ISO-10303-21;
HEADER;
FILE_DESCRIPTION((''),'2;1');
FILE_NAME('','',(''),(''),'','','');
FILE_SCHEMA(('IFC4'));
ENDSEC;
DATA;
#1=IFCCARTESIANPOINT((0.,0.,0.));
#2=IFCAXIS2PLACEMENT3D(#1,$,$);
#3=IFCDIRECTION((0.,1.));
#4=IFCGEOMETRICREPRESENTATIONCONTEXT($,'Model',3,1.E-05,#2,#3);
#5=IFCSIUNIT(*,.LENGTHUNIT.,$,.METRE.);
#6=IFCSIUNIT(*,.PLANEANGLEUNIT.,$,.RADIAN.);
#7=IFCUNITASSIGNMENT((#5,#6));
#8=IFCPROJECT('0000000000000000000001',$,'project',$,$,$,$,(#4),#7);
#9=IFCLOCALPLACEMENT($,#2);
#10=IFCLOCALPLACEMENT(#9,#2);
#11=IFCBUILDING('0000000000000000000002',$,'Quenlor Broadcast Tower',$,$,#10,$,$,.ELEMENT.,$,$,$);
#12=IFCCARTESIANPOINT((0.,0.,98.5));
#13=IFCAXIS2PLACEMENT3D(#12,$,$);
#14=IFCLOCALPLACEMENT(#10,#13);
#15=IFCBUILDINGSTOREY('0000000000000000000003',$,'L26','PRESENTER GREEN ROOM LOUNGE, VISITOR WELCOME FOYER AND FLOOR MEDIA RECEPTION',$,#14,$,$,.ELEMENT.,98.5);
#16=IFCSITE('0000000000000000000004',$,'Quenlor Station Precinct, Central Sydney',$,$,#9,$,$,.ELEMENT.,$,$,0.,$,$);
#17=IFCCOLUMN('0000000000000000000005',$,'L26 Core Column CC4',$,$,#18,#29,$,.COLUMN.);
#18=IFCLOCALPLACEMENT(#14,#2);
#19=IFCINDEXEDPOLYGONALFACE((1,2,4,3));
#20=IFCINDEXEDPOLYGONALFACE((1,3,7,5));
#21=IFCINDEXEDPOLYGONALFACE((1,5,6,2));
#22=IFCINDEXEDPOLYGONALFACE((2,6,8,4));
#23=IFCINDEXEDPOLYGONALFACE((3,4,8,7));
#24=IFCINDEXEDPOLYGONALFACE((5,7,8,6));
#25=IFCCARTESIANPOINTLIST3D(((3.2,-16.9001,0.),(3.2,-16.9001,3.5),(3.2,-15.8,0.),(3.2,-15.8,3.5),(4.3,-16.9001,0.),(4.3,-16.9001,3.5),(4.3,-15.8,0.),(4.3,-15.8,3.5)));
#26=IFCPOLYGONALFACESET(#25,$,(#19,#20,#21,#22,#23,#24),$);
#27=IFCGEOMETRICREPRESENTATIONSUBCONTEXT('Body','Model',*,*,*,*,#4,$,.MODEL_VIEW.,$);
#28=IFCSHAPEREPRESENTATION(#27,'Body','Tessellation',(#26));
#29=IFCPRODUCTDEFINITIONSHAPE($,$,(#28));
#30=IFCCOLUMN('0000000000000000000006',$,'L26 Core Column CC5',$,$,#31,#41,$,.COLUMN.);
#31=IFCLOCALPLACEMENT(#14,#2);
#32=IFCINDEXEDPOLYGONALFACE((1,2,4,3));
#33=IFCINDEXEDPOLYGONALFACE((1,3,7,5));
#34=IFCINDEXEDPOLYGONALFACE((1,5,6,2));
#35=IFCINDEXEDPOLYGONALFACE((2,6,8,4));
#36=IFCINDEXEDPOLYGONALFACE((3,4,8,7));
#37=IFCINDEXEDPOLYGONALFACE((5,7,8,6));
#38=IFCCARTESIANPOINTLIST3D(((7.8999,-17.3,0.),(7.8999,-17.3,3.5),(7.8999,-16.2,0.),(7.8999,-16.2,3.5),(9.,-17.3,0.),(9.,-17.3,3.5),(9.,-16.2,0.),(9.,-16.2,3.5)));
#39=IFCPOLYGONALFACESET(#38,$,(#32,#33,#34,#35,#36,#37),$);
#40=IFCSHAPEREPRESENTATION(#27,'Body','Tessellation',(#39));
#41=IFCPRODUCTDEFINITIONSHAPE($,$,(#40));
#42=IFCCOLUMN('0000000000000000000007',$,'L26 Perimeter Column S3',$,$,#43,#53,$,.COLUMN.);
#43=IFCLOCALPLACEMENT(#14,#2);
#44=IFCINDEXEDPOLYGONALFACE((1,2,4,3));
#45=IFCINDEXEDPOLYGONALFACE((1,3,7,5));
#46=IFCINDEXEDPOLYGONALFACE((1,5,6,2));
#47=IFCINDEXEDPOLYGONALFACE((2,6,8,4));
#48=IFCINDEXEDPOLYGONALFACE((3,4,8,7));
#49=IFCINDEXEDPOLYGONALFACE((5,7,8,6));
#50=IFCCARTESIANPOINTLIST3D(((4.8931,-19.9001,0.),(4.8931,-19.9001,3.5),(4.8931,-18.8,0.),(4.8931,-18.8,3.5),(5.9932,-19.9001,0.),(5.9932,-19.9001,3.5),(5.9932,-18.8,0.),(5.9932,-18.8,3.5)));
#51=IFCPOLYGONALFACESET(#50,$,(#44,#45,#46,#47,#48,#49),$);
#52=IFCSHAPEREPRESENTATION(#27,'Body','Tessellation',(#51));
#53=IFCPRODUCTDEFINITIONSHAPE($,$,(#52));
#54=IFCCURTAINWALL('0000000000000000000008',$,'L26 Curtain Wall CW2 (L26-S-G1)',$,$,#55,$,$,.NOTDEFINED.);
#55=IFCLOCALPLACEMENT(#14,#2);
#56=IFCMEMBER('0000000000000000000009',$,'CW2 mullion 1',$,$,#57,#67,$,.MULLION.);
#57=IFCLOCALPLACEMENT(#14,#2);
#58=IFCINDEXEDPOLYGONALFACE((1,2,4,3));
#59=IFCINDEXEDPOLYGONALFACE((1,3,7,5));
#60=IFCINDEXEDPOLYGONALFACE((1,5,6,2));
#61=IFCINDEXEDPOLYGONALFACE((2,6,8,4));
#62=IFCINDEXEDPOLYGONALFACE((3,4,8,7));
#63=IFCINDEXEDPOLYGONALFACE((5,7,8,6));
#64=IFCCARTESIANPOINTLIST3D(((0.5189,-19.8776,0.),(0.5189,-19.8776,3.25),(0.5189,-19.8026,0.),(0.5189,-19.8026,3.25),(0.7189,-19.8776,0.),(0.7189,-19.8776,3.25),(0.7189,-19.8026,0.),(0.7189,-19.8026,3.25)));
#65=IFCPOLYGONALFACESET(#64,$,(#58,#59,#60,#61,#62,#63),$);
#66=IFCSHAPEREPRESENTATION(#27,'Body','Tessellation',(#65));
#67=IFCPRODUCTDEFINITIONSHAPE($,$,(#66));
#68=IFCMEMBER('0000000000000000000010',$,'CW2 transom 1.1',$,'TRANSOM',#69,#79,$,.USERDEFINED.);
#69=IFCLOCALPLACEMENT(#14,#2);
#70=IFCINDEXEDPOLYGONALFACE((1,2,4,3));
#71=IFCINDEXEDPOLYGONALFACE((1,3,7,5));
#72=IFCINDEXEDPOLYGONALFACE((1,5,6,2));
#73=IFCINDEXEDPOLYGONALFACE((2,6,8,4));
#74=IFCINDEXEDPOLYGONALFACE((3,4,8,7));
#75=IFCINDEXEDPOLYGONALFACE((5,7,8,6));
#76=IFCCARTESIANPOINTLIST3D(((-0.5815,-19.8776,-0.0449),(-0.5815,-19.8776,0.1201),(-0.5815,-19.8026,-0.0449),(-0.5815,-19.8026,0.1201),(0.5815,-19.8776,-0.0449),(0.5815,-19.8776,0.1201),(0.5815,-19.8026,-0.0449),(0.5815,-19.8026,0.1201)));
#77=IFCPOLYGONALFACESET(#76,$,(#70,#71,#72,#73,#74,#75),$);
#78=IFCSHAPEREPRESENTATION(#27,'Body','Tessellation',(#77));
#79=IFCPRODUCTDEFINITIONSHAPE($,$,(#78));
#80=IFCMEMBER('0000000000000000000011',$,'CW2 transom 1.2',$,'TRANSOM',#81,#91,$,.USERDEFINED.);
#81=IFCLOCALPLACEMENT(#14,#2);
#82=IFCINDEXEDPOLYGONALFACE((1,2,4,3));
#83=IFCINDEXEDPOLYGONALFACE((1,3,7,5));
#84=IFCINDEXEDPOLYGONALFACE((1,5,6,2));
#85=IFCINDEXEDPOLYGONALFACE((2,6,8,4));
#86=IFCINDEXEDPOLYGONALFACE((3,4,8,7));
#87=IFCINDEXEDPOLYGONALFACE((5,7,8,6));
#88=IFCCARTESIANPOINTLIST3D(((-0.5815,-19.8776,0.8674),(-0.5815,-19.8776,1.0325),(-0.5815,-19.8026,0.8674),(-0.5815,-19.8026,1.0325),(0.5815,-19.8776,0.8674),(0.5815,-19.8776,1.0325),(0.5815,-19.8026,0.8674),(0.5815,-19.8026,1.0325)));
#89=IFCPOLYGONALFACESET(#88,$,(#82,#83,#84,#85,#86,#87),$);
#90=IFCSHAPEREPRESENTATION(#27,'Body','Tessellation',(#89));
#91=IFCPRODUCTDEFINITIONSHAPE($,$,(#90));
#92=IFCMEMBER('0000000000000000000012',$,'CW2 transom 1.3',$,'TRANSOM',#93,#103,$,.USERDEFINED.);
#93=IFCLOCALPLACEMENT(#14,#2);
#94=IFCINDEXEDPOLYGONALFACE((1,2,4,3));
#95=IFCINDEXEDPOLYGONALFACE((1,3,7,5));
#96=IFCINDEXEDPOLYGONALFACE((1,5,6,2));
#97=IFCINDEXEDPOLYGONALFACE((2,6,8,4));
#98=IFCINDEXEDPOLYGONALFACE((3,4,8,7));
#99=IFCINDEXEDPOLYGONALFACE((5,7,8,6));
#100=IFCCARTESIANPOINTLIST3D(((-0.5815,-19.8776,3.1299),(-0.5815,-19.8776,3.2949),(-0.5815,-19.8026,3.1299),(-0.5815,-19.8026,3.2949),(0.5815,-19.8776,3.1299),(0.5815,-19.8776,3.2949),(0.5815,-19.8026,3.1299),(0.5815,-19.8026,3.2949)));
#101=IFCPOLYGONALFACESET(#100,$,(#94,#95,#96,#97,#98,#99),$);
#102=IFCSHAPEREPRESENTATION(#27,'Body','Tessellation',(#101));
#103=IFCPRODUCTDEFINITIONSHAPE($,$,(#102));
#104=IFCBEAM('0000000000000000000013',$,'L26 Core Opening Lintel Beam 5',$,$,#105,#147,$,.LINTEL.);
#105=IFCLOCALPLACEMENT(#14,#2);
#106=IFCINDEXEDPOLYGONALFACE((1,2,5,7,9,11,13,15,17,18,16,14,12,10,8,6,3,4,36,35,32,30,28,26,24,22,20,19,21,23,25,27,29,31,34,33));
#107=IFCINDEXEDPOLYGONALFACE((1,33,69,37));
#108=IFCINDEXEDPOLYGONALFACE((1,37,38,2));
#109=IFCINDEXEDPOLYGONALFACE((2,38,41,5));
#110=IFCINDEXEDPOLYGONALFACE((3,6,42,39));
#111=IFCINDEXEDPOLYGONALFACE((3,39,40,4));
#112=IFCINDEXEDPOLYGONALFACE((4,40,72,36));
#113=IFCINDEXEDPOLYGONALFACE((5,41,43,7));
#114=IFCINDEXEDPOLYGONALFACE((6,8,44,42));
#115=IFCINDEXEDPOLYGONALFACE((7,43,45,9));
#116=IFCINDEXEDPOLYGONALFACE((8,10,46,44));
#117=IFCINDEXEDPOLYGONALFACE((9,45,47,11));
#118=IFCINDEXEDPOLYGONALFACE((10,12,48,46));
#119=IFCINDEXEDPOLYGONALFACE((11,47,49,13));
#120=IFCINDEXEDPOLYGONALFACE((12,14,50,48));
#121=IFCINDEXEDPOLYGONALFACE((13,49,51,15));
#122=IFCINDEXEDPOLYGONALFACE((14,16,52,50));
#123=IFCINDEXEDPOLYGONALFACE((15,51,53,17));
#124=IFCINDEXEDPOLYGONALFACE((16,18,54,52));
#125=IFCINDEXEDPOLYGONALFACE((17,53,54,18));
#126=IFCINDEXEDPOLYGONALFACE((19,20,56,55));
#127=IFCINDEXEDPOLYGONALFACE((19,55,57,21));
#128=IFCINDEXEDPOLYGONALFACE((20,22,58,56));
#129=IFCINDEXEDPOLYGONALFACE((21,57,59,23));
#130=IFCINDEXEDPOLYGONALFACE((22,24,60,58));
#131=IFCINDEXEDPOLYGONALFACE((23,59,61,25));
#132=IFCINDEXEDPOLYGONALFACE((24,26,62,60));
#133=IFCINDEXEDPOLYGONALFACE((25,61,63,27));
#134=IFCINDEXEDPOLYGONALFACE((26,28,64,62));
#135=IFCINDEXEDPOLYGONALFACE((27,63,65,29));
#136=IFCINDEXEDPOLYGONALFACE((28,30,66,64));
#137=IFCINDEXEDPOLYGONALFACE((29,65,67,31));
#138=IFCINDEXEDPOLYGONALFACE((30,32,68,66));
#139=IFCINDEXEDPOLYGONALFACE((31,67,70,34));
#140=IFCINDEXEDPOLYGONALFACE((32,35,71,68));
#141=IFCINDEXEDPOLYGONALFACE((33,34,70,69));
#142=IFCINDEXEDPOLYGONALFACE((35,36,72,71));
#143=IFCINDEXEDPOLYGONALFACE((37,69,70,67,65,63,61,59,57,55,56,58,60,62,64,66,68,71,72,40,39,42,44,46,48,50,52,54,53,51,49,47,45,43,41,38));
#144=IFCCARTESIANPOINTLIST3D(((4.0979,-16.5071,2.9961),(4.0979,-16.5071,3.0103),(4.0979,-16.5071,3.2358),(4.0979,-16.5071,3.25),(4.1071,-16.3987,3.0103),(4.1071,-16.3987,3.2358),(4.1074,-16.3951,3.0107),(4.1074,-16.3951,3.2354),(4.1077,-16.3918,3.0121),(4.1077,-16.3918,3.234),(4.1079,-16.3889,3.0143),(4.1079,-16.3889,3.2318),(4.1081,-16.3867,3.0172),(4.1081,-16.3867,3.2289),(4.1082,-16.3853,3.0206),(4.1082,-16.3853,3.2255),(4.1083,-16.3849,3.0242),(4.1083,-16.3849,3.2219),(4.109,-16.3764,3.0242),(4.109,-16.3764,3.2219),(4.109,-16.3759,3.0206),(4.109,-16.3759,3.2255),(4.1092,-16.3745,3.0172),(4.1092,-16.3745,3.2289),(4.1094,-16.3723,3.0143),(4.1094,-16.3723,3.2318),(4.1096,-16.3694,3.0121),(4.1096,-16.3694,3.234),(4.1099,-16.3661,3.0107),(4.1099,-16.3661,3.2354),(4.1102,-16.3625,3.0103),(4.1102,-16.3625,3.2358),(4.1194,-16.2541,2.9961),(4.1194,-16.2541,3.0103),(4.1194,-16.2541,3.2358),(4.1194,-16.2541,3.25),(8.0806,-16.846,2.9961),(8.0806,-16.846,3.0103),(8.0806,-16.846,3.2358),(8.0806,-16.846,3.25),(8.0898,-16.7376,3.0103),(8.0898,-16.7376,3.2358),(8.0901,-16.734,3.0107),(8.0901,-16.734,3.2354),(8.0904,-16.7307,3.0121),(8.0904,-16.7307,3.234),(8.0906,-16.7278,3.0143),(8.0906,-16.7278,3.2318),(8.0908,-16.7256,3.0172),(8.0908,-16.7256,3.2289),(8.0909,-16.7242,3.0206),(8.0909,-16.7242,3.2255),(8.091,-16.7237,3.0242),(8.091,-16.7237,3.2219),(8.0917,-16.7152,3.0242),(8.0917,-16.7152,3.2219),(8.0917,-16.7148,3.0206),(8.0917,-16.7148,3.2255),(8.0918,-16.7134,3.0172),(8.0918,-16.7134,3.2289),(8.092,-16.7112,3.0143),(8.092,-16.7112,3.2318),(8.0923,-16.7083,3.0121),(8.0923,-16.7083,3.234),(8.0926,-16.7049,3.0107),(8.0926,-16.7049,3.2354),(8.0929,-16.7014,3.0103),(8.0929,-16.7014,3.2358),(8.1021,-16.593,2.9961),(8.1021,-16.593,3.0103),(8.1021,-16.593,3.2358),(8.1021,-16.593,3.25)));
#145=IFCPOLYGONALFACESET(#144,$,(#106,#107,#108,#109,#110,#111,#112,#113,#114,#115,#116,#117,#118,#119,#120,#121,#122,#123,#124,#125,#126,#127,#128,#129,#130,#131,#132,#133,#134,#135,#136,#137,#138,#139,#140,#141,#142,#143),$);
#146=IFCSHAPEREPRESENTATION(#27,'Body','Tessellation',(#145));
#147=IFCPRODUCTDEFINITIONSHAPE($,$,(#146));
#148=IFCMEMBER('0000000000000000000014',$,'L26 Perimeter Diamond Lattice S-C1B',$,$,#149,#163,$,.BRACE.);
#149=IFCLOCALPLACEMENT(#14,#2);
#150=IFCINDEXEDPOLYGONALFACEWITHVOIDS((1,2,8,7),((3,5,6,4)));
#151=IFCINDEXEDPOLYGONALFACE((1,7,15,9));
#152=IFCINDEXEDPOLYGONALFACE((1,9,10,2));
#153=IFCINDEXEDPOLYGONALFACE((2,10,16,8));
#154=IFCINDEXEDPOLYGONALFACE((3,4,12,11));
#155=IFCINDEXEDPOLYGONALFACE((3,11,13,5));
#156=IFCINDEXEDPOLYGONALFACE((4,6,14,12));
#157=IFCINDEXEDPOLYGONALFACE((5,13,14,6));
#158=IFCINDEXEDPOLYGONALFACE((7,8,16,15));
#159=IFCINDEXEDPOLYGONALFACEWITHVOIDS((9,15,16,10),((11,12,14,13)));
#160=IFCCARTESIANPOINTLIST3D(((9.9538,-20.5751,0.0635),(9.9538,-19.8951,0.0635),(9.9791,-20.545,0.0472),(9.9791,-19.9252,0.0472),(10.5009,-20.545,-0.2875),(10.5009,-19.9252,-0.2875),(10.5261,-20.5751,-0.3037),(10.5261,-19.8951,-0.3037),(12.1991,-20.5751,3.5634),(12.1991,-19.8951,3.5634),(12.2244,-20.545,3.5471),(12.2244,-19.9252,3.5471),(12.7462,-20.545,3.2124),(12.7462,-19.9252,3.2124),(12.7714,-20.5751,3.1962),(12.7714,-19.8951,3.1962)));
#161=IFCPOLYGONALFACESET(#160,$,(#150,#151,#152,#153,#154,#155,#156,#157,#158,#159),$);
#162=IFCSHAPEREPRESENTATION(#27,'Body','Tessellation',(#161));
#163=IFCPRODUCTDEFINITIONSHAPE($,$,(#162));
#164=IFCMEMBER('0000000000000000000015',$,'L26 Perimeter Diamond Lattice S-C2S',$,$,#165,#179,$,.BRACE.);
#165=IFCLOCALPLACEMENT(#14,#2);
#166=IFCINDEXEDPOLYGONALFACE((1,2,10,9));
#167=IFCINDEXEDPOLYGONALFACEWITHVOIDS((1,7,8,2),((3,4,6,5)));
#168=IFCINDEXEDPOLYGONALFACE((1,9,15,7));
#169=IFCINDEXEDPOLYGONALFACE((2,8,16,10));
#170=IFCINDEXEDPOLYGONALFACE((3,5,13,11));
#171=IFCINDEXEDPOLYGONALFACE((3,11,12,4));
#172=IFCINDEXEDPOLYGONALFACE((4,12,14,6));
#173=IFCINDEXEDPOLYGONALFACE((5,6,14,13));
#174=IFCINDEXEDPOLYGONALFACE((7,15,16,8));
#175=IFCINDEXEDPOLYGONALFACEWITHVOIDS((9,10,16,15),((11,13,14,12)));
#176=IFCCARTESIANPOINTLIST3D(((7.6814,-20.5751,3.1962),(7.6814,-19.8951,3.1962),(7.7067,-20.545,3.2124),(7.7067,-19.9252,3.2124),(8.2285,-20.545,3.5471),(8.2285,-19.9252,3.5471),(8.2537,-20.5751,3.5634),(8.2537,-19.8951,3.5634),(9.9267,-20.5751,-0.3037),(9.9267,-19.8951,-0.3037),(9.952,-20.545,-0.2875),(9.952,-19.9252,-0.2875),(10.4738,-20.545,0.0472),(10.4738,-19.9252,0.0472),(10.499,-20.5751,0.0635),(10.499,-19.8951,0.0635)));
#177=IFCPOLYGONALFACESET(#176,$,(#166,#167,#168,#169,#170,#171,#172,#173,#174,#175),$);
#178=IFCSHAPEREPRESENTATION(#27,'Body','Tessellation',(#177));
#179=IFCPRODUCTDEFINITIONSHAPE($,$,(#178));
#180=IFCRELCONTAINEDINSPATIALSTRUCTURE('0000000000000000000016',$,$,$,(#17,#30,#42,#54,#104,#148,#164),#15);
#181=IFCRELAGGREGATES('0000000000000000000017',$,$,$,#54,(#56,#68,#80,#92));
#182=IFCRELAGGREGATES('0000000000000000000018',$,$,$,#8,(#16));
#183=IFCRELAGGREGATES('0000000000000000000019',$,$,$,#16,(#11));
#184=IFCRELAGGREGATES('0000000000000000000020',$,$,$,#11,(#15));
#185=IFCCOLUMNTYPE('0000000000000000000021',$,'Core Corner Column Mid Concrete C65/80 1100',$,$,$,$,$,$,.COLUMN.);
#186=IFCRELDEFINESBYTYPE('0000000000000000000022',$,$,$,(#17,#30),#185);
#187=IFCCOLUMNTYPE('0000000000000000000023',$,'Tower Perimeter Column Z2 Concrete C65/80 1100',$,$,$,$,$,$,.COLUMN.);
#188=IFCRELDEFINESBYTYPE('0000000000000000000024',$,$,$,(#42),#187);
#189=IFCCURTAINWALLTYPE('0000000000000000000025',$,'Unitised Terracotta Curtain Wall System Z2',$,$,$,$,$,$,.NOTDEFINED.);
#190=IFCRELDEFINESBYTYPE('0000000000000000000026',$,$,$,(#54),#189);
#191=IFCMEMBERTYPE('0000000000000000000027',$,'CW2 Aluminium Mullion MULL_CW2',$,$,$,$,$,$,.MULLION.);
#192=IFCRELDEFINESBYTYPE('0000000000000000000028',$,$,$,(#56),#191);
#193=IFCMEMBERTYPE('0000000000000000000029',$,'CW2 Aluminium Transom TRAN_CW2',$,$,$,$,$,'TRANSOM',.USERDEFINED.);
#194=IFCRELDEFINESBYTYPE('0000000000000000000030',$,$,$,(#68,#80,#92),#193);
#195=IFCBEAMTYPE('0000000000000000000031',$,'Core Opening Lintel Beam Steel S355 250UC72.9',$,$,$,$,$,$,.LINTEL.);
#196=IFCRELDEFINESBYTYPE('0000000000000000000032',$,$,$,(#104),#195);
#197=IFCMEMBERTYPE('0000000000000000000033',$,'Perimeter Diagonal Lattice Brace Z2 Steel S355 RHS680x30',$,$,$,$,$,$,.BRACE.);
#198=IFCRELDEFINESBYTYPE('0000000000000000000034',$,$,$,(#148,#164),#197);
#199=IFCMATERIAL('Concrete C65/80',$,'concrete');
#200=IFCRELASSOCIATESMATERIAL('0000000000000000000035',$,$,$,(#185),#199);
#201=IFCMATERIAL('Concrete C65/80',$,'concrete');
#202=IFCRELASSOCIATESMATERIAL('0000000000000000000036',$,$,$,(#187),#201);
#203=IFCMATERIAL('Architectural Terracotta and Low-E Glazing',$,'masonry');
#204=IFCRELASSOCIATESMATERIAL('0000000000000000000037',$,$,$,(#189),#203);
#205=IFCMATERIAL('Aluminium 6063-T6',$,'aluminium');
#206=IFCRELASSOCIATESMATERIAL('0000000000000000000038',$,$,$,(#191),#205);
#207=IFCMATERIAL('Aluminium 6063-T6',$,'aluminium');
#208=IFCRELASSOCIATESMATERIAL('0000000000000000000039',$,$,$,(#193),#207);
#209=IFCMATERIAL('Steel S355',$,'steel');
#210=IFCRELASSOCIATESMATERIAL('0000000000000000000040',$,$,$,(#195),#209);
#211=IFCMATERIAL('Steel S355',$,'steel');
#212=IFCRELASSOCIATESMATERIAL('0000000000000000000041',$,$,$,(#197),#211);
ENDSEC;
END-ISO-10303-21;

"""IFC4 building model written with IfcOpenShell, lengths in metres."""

from ifc_helpers import new_model, si_unit, direction, frame, origin, origin_2d, place, context, subcontext, project, spatial, rectangle, hollow_rectangle, i_section, extrude, material, material_profile, profile_set, type_object, element, aggregate, save


model = new_model("IFC4")

# Units and contexts
model_context = context("Model", 3, precision=1e-05, world=origin(), true_north=direction((0.0, 1.0)))
body_context = subcontext(model_context, "Body", "Model", "MODEL_VIEW")
ifc_project = project(units=[si_unit("LENGTHUNIT", "METRE"), si_unit("PLANEANGLEUNIT", "RADIAN")], contexts=[model_context])

# Site, building, storey
site_placement = place(None, origin())
site = spatial("IfcSite", under=ifc_project, at=site_placement, Name="Quenlor Station Precinct, Central Sydney", CompositionType="ELEMENT", RefElevation=0.0)
building_placement = place(site_placement, origin())
building = spatial("IfcBuilding", under=site, at=building_placement, Name="Quenlor Broadcast Tower", CompositionType="ELEMENT")
storey_placement = place(building_placement, frame((0.0, 0.0, 98.5)))
storey = spatial("IfcBuildingStorey", under=building, at=storey_placement, Name="L26", Description="PRESENTER GREEN ROOM LOUNGE, VISITOR WELCOME FOYER AND FLOOR MEDIA RECEPTION", CompositionType="ELEMENT", Elevation=98.5)

# Columns
ifc_material_1 = material(Name="Concrete C65/80", Category="concrete")
ifc_material_profile_1 = material_profile(ifc_material_1, rectangle(XDim=1.1001, YDim=1.1001, at=origin_2d()))
ifc_profile_set_1 = profile_set([ifc_material_profile_1], Name="Concrete C65/80 RC1100x1100")
column_type_1 = type_object("IfcColumnType", Name="Core Corner Column Mid Concrete C65/80 1100", PredefinedType="COLUMN", material=ifc_profile_set_1)
for number, where, z_axis, x_axis, name in (
    (1, (3.75, -16.3501, 0.0), (0.0, 0.0, 1.0), (1.0, 0.0, 0.0), "L26 Core Column CC4"),
    (2, (8.45, -16.75, 0.0), (0.0, 0.0, 1.0), (1.0, 0.0, 0.0), "L26 Core Column CC5"),
):
    element("IfcColumn", number, at=place(storey_placement, frame(where, z_axis=z_axis, x_axis=x_axis)), inside=storey, type_object=column_type_1, Name=name, PredefinedType="COLUMN", context=body_context, shape_type="SweptSolid", body=[
        extrude(rectangle(XDim=1.1001, YDim=1.1001, at=origin_2d()), origin(), (0.0, 0.0, 1.0), 3.5),
    ])
ifc_material_2 = material(Name="Concrete C65/80", Category="concrete")
ifc_material_profile_2 = material_profile(ifc_material_2, rectangle(XDim=1.1001, YDim=1.1001, at=origin_2d()))
ifc_profile_set_2 = profile_set([ifc_material_profile_2], Name="Concrete C65/80 RC1100x1100")
column_type_2 = type_object("IfcColumnType", Name="Tower Perimeter Column Z2 Concrete C65/80 1100", PredefinedType="COLUMN", material=ifc_profile_set_2)
column_placement = place(storey_placement, frame((5.4431, -19.3501, 0.0), z_axis=(0.0, 0.0, 1.0), x_axis=(0.0, 1.0, 0.0)))
element("IfcColumn", 3, at=column_placement, inside=storey, type_object=column_type_2, Name="L26 Perimeter Column S3", PredefinedType="COLUMN", context=body_context, shape_type="SweptSolid", body=[
    extrude(rectangle(XDim=1.1001, YDim=1.1001, at=origin_2d()), origin(), (0.0, 0.0, 1.0), 3.5),
])

# Curtain wall, members
ifc_material_3 = material(Name="Architectural Terracotta and Low-E Glazing", Category="masonry")
curtain_wall_type = type_object("IfcCurtainWallType", Name="Unitised Terracotta Curtain Wall System Z2", PredefinedType="NOTDEFINED", material=ifc_material_3)
curtain_wall_placement = place(storey_placement, origin())
curtain_wall = element("IfcCurtainWall", 4, at=curtain_wall_placement, inside=storey, type_object=curtain_wall_type, Name="L26 Curtain Wall CW2 (L26-S-G1)", PredefinedType="NOTDEFINED")
ifc_material_4 = material(Name="Aluminium 6063-T6", Category="aluminium")
ifc_material_profile_3 = material_profile(ifc_material_4, rectangle(XDim=0.075, YDim=0.2, at=origin_2d()))
ifc_profile_set_3 = profile_set([ifc_material_profile_3], Name="Aluminium 6063-T6 MULL75x200")
member_type_1 = type_object("IfcMemberType", Name="CW2 Aluminium Mullion MULL_CW2", PredefinedType="MULLION", material=ifc_profile_set_3)
member_1_placement = place(storey_placement, frame((0.6189, -19.8401, 0.0), z_axis=(0.0, 0.0, 1.0), x_axis=(0.0, -1.0, 0.0)))
member_1 = element("IfcMember", 5, at=member_1_placement, type_object=member_type_1, Name="CW2 mullion 1", PredefinedType="MULLION", context=body_context, shape_type="SweptSolid", body=[
    extrude(rectangle(XDim=0.075, YDim=0.2, at=origin_2d()), origin(), (0.0, 0.0, 1.0), 3.25),
])
ifc_material_5 = material(Name="Aluminium 6063-T6", Category="aluminium")
ifc_material_profile_4 = material_profile(ifc_material_5, rectangle(XDim=0.075, YDim=0.165, at=origin_2d()))
ifc_profile_set_4 = profile_set([ifc_material_profile_4], Name="Aluminium 6063-T6 TRAN75x165")
member_type_2 = type_object("IfcMemberType", Name="CW2 Aluminium Transom TRAN_CW2", ElementType="TRANSOM", PredefinedType="USERDEFINED", material=ifc_profile_set_4)
member_2_placement = place(storey_placement, frame((0.5815, -19.8401, 0.0376), z_axis=(-1.0, 0.0, 0.0), x_axis=(0.0, -1.0, 0.0)))
member_2 = element("IfcMember", 6, at=member_2_placement, type_object=member_type_2, Name="CW2 transom 1.1", ObjectType="TRANSOM", PredefinedType="USERDEFINED", context=body_context, shape_type="SweptSolid", body=[
    extrude(rectangle(XDim=0.075, YDim=0.165, at=origin_2d()), origin(), (0.0, 0.0, 1.0), 1.1631),
])
member_3_placement = place(storey_placement, frame((0.5815, -19.8401, 0.95), z_axis=(-1.0, 0.0, 0.0), x_axis=(0.0, -1.0, 0.0)))
member_3 = element("IfcMember", 7, at=member_3_placement, type_object=member_type_2, Name="CW2 transom 1.2", ObjectType="TRANSOM", PredefinedType="USERDEFINED", context=body_context, shape_type="SweptSolid", body=[
    extrude(rectangle(XDim=0.075, YDim=0.165, at=origin_2d()), origin(), (0.0, 0.0, 1.0), 1.1631),
])
member_4_placement = place(storey_placement, frame((0.5815, -19.8401, 3.2124), z_axis=(-1.0, 0.0, 0.0), x_axis=(0.0, -1.0, 0.0)))
member_4 = element("IfcMember", 8, at=member_4_placement, type_object=member_type_2, Name="CW2 transom 1.3", ObjectType="TRANSOM", PredefinedType="USERDEFINED", context=body_context, shape_type="SweptSolid", body=[
    extrude(rectangle(XDim=0.075, YDim=0.165, at=origin_2d()), origin(), (0.0, 0.0, 1.0), 1.1631),
])
aggregate(curtain_wall, [member_1, member_2, member_3, member_4])

# Beam
ifc_material_6 = material(Name="Steel S355", Category="steel")
ifc_material_profile_5 = material_profile(ifc_material_6, i_section(OverallWidth=0.2539, OverallDepth=0.2539, WebThickness=0.0085, FlangeThickness=0.0142, FilletRadius=0.0139, at=origin_2d()))
ifc_profile_set_5 = profile_set([ifc_material_profile_5], Name="Steel S355 250UC72.9")
beam_type_1 = type_object("IfcBeamType", Name="Core Opening Lintel Beam Steel S355 250UC72.9", PredefinedType="LINTEL", material=ifc_profile_set_5)
beam_1_placement = place(storey_placement, frame((4.1086, -16.3806, 3.123), z_axis=(0.9964, -0.084779, 0.0), x_axis=(0.084779, 0.9964, 0.0)))
element("IfcBeam", 9, at=beam_1_placement, inside=storey, type_object=beam_type_1, Name="L26 Core Opening Lintel Beam 5", PredefinedType="LINTEL", context=body_context, shape_type="SweptSolid", body=[
    extrude(i_section(OverallWidth=0.2539, OverallDepth=0.2539, WebThickness=0.0085, FlangeThickness=0.0142, FilletRadius=0.0139, at=origin_2d()), origin(), (0.0, 0.0, 1.0), 3.9971),
])

# Members
ifc_material_7 = material(Name="Steel S355", Category="steel")
ifc_material_profile_6 = material_profile(ifc_material_7, hollow_rectangle(XDim=0.6799, YDim=0.6799, WallThickness=0.03, at=origin_2d()))
ifc_profile_set_6 = profile_set([ifc_material_profile_6], Name="Steel S355 RHS680x680x30")
member_type_3 = type_object("IfcMemberType", Name="Perimeter Diagonal Lattice Brace Z2 Steel S355 RHS680x30", PredefinedType="BRACE", material=ifc_profile_set_6)
for number, where, z_axis, x_axis, name in (
    (10, (10.24, -20.2351, -0.1201), (0.539968, 0.0, 0.841686), (0.0, 1.0, 0.0), "L26 Perimeter Diamond Lattice S-C1B"),
    (11, (10.2129, -20.2351, -0.1201), (-0.539968, 0.0, 0.841686), (0.0, -1.0, 0.0), "L26 Perimeter Diamond Lattice S-C2S"),
):
    element("IfcMember", number, at=place(storey_placement, frame(where, z_axis=z_axis, x_axis=x_axis)), inside=storey, type_object=member_type_3, Name=name, PredefinedType="BRACE", context=body_context, shape_type="SweptSolid", body=[
        extrude(hollow_rectangle(XDim=0.6799, YDim=0.6799, WallThickness=0.03, at=origin_2d()), origin(), (0.0, 0.0, 1.0), 4.1582),
    ])

save(model, "model.ifc")
